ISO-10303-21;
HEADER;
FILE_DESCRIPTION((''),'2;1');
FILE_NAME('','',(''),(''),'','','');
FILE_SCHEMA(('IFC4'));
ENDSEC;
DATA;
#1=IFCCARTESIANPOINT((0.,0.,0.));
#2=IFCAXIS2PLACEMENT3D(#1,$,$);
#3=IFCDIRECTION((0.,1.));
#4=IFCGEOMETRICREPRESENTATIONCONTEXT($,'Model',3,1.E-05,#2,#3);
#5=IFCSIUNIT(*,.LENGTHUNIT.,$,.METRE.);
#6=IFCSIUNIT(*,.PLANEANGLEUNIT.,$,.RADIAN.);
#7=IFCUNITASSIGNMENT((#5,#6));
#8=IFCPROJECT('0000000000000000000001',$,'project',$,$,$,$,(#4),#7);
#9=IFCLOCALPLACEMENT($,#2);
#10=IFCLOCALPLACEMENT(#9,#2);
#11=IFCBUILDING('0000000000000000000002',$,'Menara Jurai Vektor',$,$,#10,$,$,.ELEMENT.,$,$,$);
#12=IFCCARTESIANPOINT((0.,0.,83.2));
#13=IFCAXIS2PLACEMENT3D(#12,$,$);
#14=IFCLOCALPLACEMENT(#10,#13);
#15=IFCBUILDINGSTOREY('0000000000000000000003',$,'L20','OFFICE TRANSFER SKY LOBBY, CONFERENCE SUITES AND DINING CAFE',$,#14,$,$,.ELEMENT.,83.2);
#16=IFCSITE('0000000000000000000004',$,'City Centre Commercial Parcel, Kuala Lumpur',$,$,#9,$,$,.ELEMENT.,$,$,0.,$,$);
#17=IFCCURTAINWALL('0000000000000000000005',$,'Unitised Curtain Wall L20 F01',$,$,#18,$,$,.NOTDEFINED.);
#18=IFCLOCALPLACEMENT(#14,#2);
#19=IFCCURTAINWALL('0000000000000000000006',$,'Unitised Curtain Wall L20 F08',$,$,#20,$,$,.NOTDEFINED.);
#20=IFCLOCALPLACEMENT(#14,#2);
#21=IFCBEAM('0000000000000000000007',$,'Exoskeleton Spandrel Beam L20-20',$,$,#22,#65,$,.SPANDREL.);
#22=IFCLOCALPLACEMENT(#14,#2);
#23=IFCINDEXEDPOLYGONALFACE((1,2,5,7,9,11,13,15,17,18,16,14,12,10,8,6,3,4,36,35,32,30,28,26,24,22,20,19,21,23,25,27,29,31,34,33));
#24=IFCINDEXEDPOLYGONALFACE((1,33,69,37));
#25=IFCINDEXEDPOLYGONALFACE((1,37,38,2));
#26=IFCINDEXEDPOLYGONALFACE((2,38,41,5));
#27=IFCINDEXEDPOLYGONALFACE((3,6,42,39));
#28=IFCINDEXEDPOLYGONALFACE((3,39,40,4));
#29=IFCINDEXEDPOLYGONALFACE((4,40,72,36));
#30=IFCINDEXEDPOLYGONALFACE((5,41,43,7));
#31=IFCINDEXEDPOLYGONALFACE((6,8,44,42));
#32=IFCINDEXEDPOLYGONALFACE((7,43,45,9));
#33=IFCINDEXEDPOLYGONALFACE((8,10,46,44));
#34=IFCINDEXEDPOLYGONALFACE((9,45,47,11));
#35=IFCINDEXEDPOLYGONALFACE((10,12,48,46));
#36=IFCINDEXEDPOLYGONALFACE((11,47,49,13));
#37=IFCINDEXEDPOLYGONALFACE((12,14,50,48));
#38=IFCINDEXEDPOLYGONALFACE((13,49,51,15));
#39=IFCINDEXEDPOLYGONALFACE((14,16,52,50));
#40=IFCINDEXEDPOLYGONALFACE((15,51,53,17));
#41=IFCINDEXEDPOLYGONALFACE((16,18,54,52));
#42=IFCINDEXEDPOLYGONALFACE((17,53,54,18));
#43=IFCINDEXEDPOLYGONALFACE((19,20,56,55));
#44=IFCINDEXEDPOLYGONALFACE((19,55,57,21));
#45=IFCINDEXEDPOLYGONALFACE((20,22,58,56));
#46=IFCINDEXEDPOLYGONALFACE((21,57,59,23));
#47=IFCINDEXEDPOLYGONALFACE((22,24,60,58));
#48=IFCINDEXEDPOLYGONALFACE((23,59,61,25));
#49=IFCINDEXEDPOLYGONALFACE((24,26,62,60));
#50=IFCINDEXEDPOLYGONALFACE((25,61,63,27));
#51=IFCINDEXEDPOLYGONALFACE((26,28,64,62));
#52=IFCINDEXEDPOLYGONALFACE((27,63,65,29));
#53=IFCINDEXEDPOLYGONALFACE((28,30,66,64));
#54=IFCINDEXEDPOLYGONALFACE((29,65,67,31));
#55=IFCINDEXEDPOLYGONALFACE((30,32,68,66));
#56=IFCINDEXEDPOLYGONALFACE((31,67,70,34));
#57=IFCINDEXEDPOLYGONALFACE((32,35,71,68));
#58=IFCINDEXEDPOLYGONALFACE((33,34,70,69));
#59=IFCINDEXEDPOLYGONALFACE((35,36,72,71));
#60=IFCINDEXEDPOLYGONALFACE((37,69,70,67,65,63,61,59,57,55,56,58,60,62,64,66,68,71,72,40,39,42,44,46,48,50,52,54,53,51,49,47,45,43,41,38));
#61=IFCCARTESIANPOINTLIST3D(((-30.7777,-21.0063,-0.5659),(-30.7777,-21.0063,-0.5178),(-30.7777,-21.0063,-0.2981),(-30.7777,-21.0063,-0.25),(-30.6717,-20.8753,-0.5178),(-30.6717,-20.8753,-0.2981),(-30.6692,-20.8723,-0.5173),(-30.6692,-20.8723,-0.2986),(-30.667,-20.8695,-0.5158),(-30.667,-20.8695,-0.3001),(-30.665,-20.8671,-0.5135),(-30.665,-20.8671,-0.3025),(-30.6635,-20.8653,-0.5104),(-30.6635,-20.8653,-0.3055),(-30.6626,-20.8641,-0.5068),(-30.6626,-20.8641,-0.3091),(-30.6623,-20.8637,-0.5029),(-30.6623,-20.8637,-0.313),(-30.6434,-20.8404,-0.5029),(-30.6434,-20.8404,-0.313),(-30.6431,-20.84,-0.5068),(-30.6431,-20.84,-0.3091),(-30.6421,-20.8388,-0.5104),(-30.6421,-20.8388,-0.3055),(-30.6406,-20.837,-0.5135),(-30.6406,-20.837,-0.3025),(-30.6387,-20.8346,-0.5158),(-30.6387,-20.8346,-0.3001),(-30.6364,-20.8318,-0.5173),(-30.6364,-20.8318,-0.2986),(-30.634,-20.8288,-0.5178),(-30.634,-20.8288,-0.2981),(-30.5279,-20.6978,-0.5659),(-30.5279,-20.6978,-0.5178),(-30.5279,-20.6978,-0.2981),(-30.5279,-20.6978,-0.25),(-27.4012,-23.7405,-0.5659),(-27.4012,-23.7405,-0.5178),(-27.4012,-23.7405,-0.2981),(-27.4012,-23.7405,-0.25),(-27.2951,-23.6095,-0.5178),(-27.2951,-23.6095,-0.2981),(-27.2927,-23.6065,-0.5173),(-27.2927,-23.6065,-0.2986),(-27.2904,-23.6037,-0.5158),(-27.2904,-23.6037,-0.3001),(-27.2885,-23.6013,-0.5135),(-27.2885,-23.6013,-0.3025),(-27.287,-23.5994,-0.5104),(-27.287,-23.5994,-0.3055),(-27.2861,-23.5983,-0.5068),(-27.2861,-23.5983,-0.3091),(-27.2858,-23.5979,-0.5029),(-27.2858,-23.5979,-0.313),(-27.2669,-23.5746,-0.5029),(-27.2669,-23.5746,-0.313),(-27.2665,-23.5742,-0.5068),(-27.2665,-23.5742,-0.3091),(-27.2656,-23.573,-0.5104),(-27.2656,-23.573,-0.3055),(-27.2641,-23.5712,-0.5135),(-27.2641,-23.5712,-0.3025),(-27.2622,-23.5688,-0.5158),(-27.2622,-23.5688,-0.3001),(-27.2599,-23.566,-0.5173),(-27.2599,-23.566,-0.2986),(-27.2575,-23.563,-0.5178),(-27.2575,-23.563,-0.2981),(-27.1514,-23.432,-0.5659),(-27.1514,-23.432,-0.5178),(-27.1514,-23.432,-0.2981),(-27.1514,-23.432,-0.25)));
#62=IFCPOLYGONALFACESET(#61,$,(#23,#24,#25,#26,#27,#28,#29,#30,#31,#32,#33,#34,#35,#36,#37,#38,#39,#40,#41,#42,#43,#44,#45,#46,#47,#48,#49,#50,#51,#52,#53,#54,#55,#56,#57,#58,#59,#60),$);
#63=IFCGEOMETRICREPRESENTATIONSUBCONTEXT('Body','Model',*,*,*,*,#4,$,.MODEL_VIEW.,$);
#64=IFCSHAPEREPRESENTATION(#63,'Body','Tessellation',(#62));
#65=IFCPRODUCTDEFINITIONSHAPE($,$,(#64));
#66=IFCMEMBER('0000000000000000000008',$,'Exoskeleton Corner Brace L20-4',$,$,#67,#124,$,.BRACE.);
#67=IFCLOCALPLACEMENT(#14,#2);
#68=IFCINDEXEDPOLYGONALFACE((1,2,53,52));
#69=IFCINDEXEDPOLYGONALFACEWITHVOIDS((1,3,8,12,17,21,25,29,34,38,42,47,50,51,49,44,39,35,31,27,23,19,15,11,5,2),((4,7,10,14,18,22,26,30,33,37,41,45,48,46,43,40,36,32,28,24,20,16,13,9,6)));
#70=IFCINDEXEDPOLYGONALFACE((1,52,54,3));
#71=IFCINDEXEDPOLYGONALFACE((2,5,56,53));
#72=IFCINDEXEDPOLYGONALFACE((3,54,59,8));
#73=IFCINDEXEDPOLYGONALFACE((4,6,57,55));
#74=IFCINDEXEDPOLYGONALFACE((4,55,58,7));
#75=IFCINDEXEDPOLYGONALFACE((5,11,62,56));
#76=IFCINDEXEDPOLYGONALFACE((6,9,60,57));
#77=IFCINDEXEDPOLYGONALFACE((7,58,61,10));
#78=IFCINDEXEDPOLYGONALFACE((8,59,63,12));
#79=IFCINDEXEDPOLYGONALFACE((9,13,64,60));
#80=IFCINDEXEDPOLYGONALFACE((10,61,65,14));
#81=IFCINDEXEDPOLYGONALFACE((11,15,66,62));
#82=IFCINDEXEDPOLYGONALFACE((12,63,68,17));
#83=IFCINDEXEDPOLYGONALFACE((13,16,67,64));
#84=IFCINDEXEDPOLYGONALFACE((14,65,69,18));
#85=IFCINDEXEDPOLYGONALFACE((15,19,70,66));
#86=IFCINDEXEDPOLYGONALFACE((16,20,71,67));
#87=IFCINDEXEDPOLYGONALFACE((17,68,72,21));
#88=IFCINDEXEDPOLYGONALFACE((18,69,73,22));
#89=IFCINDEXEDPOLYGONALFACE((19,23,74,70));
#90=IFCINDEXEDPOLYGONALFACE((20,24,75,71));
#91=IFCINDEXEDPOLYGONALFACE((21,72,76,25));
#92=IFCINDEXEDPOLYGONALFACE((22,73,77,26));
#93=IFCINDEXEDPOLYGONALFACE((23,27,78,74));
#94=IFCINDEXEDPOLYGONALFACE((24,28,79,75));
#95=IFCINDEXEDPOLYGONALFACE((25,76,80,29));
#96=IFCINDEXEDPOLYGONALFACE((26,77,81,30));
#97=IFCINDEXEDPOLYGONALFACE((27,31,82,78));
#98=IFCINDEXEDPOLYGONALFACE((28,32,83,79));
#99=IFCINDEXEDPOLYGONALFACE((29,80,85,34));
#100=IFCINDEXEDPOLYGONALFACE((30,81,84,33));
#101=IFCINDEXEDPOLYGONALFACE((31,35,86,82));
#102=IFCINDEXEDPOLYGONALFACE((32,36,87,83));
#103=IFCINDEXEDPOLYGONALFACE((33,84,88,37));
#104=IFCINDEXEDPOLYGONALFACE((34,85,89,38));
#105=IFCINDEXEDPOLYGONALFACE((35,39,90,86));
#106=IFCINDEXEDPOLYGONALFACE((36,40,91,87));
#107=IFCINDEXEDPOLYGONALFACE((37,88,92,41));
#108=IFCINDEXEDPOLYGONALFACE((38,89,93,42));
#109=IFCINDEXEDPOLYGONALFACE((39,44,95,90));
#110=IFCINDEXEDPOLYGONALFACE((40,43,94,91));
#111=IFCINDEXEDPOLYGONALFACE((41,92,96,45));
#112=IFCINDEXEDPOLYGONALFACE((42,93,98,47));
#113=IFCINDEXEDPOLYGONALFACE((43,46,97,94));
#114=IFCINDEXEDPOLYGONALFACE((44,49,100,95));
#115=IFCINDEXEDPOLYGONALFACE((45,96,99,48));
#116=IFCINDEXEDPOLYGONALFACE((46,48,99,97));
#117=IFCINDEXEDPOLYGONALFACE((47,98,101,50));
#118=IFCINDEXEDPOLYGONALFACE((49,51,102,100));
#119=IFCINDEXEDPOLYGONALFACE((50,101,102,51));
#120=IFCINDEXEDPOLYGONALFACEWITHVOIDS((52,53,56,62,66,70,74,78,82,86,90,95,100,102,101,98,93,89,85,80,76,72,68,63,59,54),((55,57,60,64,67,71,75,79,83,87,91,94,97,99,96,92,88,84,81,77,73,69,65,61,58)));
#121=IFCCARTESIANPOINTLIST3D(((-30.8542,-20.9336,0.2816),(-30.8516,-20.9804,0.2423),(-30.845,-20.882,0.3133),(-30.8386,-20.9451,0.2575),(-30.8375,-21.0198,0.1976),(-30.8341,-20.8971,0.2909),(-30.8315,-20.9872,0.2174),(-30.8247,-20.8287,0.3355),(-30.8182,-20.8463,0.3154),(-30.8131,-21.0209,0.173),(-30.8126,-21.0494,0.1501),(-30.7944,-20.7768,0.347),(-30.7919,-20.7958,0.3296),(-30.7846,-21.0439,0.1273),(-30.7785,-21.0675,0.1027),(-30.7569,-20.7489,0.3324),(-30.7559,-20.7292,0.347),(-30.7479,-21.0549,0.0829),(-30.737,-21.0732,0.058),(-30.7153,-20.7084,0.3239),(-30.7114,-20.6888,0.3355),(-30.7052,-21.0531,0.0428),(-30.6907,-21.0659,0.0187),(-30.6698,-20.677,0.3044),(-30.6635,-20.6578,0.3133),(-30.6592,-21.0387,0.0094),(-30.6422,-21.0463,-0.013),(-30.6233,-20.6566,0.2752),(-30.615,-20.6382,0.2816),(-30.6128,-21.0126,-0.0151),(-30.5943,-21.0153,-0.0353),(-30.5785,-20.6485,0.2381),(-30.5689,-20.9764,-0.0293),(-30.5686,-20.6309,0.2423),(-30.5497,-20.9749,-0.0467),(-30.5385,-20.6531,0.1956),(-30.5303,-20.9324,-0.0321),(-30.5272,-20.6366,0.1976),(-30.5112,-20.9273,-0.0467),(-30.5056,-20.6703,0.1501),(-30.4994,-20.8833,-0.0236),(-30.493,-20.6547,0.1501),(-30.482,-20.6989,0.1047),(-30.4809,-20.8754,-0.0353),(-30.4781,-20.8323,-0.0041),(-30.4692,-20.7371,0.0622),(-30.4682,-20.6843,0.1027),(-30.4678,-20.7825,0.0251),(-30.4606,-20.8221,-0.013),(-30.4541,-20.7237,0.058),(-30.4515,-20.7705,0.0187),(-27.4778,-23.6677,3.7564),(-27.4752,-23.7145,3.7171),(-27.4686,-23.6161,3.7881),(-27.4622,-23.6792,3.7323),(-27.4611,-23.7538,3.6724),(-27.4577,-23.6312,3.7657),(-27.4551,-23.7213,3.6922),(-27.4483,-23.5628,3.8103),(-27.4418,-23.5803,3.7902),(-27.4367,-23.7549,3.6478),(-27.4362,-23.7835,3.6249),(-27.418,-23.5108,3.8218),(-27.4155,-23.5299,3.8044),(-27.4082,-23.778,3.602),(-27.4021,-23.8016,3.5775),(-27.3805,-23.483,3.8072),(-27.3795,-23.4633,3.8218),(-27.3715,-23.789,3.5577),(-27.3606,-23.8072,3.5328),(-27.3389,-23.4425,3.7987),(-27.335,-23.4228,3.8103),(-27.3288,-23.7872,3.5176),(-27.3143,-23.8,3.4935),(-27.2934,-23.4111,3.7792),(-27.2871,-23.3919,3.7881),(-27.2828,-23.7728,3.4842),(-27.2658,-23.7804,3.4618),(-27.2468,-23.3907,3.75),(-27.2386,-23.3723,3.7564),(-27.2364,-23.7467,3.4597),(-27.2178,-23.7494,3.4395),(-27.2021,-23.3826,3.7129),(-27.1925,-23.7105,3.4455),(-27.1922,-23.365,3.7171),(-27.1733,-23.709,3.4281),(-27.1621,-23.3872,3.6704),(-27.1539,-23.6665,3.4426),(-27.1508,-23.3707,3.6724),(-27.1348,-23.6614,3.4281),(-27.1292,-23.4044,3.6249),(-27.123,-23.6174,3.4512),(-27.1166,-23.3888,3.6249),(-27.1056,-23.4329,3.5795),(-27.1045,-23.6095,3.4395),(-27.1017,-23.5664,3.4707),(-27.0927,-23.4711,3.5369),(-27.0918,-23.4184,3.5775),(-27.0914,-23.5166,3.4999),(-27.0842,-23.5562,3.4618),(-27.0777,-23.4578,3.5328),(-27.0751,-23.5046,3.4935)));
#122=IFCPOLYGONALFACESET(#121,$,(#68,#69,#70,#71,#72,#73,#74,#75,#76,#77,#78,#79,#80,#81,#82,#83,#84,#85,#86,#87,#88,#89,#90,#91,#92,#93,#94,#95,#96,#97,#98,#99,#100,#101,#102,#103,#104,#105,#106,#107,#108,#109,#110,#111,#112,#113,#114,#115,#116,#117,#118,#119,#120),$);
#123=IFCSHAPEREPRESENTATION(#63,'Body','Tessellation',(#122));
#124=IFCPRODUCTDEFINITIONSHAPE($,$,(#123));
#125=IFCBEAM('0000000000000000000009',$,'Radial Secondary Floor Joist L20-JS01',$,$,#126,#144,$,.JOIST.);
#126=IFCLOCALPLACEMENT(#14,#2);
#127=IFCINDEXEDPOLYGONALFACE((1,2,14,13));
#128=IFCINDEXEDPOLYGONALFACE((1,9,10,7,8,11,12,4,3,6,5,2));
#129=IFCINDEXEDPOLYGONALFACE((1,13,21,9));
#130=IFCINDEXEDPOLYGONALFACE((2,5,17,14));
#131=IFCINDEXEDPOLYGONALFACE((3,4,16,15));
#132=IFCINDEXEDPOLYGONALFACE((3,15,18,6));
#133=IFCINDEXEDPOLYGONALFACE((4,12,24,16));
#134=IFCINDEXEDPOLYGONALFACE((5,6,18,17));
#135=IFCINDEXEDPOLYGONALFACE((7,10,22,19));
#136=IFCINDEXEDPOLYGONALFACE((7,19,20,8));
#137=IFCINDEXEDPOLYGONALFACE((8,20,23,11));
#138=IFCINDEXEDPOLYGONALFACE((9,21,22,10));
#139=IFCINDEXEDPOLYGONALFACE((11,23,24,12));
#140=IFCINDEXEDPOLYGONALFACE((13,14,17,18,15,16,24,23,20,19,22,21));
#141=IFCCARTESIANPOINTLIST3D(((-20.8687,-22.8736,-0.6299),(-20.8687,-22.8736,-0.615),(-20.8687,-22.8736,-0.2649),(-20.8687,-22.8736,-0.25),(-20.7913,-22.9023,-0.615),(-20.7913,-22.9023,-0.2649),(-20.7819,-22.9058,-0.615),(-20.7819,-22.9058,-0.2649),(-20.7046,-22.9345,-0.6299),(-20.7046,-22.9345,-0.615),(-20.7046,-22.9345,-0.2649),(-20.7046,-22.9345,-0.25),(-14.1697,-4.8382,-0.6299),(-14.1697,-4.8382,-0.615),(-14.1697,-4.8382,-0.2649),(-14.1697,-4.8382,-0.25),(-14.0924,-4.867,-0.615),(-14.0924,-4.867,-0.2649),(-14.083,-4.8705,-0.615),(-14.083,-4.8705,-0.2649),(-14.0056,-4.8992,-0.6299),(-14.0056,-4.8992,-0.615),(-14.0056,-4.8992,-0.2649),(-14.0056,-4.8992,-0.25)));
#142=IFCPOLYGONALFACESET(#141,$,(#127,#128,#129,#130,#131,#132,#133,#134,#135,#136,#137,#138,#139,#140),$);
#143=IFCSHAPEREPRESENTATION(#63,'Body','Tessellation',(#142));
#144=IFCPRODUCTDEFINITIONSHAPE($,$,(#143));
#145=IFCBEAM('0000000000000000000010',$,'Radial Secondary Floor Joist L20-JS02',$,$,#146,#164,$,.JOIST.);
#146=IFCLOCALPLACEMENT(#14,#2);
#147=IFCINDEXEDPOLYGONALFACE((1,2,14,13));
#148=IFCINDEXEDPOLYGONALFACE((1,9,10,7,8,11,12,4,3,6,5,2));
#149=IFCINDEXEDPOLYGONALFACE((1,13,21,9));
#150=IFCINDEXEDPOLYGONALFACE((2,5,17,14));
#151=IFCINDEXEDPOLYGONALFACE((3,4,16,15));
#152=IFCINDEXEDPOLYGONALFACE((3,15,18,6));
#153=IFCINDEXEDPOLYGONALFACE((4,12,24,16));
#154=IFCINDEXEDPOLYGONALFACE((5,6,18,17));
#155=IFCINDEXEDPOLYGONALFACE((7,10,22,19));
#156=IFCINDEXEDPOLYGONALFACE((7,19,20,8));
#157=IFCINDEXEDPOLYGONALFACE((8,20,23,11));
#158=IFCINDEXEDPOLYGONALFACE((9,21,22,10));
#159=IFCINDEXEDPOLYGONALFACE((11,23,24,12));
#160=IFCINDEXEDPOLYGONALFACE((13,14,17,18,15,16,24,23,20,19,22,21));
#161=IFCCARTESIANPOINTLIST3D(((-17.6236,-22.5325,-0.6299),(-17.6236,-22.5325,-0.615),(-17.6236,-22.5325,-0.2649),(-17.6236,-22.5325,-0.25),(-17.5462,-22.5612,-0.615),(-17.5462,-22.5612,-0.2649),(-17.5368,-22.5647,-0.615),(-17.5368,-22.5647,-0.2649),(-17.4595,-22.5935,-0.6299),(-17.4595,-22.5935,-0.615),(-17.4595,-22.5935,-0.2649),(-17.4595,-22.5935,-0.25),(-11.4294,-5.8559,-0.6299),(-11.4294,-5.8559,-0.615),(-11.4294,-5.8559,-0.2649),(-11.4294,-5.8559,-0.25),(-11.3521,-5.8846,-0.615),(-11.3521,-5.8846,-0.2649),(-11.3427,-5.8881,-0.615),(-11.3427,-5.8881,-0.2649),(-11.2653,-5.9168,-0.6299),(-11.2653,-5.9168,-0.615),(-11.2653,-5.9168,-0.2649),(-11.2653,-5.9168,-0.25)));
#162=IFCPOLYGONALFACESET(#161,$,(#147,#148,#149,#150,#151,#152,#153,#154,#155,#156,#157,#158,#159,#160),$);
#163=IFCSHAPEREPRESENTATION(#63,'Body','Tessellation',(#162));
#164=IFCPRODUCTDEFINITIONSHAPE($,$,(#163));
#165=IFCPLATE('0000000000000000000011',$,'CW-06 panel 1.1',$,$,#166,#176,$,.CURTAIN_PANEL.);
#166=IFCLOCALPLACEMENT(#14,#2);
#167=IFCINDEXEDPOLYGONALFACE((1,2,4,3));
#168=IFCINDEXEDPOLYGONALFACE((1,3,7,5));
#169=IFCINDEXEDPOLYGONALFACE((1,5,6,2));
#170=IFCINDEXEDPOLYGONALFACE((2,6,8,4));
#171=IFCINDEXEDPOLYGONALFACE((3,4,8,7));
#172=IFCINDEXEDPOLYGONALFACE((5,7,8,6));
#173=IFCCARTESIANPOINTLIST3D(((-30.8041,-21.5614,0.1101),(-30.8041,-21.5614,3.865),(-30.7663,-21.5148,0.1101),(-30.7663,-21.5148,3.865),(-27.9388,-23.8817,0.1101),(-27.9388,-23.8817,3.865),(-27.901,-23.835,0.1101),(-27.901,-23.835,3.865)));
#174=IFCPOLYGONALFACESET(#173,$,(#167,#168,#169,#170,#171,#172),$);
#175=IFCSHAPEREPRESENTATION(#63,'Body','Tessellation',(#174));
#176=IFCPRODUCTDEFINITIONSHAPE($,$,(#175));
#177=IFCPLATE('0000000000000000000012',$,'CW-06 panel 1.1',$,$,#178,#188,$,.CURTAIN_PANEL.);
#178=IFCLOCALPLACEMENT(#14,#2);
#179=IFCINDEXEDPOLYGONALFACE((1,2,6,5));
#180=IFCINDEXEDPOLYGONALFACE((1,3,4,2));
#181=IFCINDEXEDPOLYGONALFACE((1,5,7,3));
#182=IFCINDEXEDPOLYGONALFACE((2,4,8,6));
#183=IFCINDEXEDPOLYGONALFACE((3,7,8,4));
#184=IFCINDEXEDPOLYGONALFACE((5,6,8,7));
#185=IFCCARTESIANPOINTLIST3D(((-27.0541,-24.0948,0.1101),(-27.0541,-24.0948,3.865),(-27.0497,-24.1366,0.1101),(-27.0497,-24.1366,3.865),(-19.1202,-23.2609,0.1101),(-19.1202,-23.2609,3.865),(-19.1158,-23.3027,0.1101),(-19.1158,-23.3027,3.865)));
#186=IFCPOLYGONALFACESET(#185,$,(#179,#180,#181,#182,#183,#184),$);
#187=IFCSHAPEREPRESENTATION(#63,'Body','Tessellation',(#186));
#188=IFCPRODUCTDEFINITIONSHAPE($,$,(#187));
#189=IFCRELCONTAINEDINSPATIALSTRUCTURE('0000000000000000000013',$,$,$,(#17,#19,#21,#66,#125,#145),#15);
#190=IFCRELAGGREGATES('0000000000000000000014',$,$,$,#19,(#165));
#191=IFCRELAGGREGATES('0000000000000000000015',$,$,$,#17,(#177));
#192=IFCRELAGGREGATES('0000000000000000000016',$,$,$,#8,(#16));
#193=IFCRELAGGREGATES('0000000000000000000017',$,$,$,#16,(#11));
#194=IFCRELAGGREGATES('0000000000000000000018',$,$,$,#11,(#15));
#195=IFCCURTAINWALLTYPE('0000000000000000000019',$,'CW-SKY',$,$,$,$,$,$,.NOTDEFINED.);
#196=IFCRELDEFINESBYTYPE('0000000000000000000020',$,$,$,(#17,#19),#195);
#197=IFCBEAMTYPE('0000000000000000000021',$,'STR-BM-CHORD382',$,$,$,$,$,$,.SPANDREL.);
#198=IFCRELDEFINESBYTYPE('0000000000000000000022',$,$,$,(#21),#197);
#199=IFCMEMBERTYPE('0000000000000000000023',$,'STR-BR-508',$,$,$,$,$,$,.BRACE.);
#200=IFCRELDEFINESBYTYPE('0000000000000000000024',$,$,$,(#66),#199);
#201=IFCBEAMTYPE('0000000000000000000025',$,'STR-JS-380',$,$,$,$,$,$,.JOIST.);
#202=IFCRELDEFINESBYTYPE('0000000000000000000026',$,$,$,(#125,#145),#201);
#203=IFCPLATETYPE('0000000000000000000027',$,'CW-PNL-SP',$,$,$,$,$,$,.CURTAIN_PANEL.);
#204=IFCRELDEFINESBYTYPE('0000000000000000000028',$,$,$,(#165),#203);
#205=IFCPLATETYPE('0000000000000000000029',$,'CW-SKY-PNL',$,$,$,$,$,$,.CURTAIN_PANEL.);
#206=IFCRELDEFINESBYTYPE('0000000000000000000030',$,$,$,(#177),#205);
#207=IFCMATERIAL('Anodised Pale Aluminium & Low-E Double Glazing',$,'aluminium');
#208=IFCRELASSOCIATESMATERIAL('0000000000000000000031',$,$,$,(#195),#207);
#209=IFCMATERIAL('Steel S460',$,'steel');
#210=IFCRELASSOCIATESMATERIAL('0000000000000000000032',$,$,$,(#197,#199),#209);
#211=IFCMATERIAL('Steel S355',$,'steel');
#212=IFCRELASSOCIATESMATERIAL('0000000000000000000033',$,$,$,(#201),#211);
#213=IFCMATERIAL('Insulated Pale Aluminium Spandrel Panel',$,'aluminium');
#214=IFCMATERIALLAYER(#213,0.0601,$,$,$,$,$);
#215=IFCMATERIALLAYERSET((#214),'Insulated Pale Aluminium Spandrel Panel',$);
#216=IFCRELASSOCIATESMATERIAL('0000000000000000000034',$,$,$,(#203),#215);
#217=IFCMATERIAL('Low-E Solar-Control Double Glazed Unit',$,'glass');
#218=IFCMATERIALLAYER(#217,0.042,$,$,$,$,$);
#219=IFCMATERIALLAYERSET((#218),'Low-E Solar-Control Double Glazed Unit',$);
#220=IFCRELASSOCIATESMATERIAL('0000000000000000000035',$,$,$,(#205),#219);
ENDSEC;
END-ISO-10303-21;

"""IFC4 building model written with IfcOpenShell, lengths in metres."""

from ifc_helpers import new_model, si_unit, direction, frame, origin, origin_2d, place, context, subcontext, project, spatial, rectangle, hollow_circle, i_section, extrude, material, layer, layer_set, material_profile, profile_set, type_object, element, aggregate, save


model = new_model("IFC4")

# Units and contexts
model_context = context("Model", 3, precision=1e-05, world=origin(), true_north=direction((0.0, 1.0)))
body_context = subcontext(model_context, "Body", "Model", "MODEL_VIEW")
ifc_project = project(units=[si_unit("LENGTHUNIT", "METRE"), si_unit("PLANEANGLEUNIT", "RADIAN")], contexts=[model_context])

# Site, building, storey
site_placement = place(None, origin())
site = spatial("IfcSite", under=ifc_project, at=site_placement, Name="City Centre Commercial Parcel, Kuala Lumpur", CompositionType="ELEMENT", RefElevation=0.0)
building_placement = place(site_placement, origin())
building = spatial("IfcBuilding", under=site, at=building_placement, Name="Menara Jurai Vektor", CompositionType="ELEMENT")
storey_placement = place(building_placement, frame((0.0, 0.0, 83.2)))
storey = spatial("IfcBuildingStorey", under=building, at=storey_placement, Name="L20", Description="OFFICE TRANSFER SKY LOBBY, CONFERENCE SUITES AND DINING CAFE", CompositionType="ELEMENT", Elevation=83.2)

# Shared definitions
ifc_material_1 = material(Name="Steel S460", Category="steel")

# Curtain wall
ifc_material_2 = material(Name="Anodised Pale Aluminium & Low-E Double Glazing", Category="aluminium")
curtain_wall_type = type_object("IfcCurtainWallType", Name="CW-SKY", PredefinedType="NOTDEFINED", material=ifc_material_2)
curtain_wall_1_placement = place(storey_placement, origin())
curtain_wall_1 = element("IfcCurtainWall", 1, at=curtain_wall_1_placement, inside=storey, type_object=curtain_wall_type, Name="Unitised Curtain Wall L20 F01", PredefinedType="NOTDEFINED")

# Curtain wall
curtain_wall_2_placement = place(storey_placement, origin())
curtain_wall_2 = element("IfcCurtainWall", 2, at=curtain_wall_2_placement, inside=storey, type_object=curtain_wall_type, Name="Unitised Curtain Wall L20 F08", PredefinedType="NOTDEFINED")

# Beam
ifc_material_3 = material(Name="Steel S355", Category="steel")
ifc_material_profile_1 = material_profile(ifc_material_1, i_section(OverallWidth=0.397, OverallDepth=0.3159, WebThickness=0.03, FlangeThickness=0.0481, FilletRadius=0.0149, at=origin_2d()), Name="HD 400x382")
ifc_profile_set_1 = profile_set([ifc_material_profile_1], Name="Steel S460")
beam_type_1 = type_object("IfcBeamType", Name="STR-BM-CHORD382", PredefinedType="SPANDREL", material=ifc_profile_set_1)
beam_1_placement = place(storey_placement, frame((-30.6528, -20.8521, -0.408), z_axis=(0.777155, -0.62931, 0.0), x_axis=(0.62931, 0.777155, 0.0)))
element("IfcBeam", 3, at=beam_1_placement, inside=storey, type_object=beam_type_1, Name="Exoskeleton Spandrel Beam L20-20", PredefinedType="SPANDREL", context=body_context, shape_type="SweptSolid", body=[
    extrude(i_section(OverallWidth=0.397, OverallDepth=0.3159, WebThickness=0.03, FlangeThickness=0.0481, FilletRadius=0.0149, at=origin_2d()), origin(), (0.0, 0.0, 1.0), 4.3447),
])

# Member
ifc_material_profile_2 = material_profile(ifc_material_1, hollow_circle(Radius=0.2539, WallThickness=0.02, at=origin_2d()), Name="CHS 508x20")
ifc_profile_set_2 = profile_set([ifc_material_profile_2], Name="Steel S460")
member_type_1 = type_object("IfcMemberType", Name="STR-BR-508", PredefinedType="BRACE", material=ifc_profile_set_2)
member_1_placement = place(storey_placement, frame((-30.6528, -20.8521, 0.1501), z_axis=(0.606915, -0.491456, 0.6246), x_axis=(0.62931, 0.777155, 0.0)))
element("IfcMember", 4, at=member_1_placement, inside=storey, type_object=member_type_1, Name="Exoskeleton Corner Brace L20-4", PredefinedType="BRACE", context=body_context, shape_type="SweptSolid", body=[
    extrude(hollow_circle(Radius=0.2539, WallThickness=0.02, at=origin_2d()), origin(), (0.0, 0.0, 1.0), 5.5632),
])

# Beams
ifc_material_profile_3 = material_profile(ifc_material_3, i_section(OverallWidth=0.175, OverallDepth=0.3799, WebThickness=0.01, FlangeThickness=0.0149, at=origin_2d()), Name="PG 380x175x58")
ifc_profile_set_3 = profile_set([ifc_material_profile_3], Name="Steel S355")
beam_type_2 = type_object("IfcBeamType", Name="STR-JS-380", PredefinedType="JOIST", material=ifc_profile_set_3)
beam_2_placement = place(storey_placement, frame((-20.7866, -22.9041, -0.4399), z_axis=(0.348192, 0.937423, 0.0), x_axis=(-0.937423, 0.348192, 0.0)))
element("IfcBeam", 5, at=beam_2_placement, inside=storey, type_object=beam_type_2, Name="Radial Secondary Floor Joist L20-JS01", PredefinedType="JOIST", context=body_context, shape_type="SweptSolid", body=[
    extrude(i_section(OverallWidth=0.175, OverallDepth=0.3799, WebThickness=0.01, FlangeThickness=0.0149, at=origin_2d()), origin(), (0.0, 0.0, 1.0), 19.2393),
])
beam_3_placement = place(storey_placement, frame((-17.5415, -22.563, -0.4399), z_axis=(0.348184, 0.937426, 0.0), x_axis=(-0.937426, 0.348184, 0.0)))
element("IfcBeam", 6, at=beam_3_placement, inside=storey, type_object=beam_type_2, Name="Radial Secondary Floor Joist L20-JS02", PredefinedType="JOIST", context=body_context, shape_type="SweptSolid", body=[
    extrude(i_section(OverallWidth=0.175, OverallDepth=0.3799, WebThickness=0.01, FlangeThickness=0.0149, at=origin_2d()), origin(), (0.0, 0.0, 1.0), 17.7898),
])

# Plates
ifc_material_4 = material(Name="Insulated Pale Aluminium Spandrel Panel", Category="aluminium")
ifc_layer_1 = layer(ifc_material_4, 0.0601)
ifc_layer_set_1 = layer_set([ifc_layer_1], Name="Insulated Pale Aluminium Spandrel Panel")
plate_type_1 = type_object("IfcPlateType", Name="CW-PNL-SP", PredefinedType="CURTAIN_PANEL", material=ifc_layer_set_1)
plate_1_placement = place(storey_placement, frame((-29.3525, -22.6982, 0.1101), z_axis=(0.0, 0.0, 1.0), x_axis=(0.777152, -0.629313, 0.0)))
plate_1 = element("IfcPlate", 7, at=plate_1_placement, type_object=plate_type_1, Name="CW-06 panel 1.1", PredefinedType="CURTAIN_PANEL", context=body_context, shape_type="SweptSolid", body=[
    extrude(rectangle(XDim=3.687, YDim=0.0601, at=origin_2d()), origin(), (0.0, 0.0, 1.0), 3.7549),
])
aggregate(curtain_wall_2, [plate_1])
ifc_material_5 = material(Name="Low-E Solar-Control Double Glazed Unit", Category="glass")
ifc_layer_2 = layer(ifc_material_5, 0.042)
ifc_layer_set_2 = layer_set([ifc_layer_2], Name="Low-E Solar-Control Double Glazed Unit")
plate_type_2 = type_object("IfcPlateType", Name="CW-SKY-PNL", PredefinedType="CURTAIN_PANEL", material=ifc_layer_set_2)
plate_2_placement = place(storey_placement, frame((-23.085, -23.6987, 0.1101), z_axis=(0.0, 0.0, 1.0), x_axis=(0.994522, 0.104529, 0.0)))
plate_2 = element("IfcPlate", 8, at=plate_2_placement, type_object=plate_type_2, Name="CW-06 panel 1.1", PredefinedType="CURTAIN_PANEL", context=body_context, shape_type="SweptSolid", body=[
    extrude(rectangle(XDim=7.9775, YDim=0.042, at=origin_2d()), origin(), (0.0, 0.0, 1.0), 3.7549),
])
aggregate(curtain_wall_1, [plate_2])

save(model, "model.ifc")
